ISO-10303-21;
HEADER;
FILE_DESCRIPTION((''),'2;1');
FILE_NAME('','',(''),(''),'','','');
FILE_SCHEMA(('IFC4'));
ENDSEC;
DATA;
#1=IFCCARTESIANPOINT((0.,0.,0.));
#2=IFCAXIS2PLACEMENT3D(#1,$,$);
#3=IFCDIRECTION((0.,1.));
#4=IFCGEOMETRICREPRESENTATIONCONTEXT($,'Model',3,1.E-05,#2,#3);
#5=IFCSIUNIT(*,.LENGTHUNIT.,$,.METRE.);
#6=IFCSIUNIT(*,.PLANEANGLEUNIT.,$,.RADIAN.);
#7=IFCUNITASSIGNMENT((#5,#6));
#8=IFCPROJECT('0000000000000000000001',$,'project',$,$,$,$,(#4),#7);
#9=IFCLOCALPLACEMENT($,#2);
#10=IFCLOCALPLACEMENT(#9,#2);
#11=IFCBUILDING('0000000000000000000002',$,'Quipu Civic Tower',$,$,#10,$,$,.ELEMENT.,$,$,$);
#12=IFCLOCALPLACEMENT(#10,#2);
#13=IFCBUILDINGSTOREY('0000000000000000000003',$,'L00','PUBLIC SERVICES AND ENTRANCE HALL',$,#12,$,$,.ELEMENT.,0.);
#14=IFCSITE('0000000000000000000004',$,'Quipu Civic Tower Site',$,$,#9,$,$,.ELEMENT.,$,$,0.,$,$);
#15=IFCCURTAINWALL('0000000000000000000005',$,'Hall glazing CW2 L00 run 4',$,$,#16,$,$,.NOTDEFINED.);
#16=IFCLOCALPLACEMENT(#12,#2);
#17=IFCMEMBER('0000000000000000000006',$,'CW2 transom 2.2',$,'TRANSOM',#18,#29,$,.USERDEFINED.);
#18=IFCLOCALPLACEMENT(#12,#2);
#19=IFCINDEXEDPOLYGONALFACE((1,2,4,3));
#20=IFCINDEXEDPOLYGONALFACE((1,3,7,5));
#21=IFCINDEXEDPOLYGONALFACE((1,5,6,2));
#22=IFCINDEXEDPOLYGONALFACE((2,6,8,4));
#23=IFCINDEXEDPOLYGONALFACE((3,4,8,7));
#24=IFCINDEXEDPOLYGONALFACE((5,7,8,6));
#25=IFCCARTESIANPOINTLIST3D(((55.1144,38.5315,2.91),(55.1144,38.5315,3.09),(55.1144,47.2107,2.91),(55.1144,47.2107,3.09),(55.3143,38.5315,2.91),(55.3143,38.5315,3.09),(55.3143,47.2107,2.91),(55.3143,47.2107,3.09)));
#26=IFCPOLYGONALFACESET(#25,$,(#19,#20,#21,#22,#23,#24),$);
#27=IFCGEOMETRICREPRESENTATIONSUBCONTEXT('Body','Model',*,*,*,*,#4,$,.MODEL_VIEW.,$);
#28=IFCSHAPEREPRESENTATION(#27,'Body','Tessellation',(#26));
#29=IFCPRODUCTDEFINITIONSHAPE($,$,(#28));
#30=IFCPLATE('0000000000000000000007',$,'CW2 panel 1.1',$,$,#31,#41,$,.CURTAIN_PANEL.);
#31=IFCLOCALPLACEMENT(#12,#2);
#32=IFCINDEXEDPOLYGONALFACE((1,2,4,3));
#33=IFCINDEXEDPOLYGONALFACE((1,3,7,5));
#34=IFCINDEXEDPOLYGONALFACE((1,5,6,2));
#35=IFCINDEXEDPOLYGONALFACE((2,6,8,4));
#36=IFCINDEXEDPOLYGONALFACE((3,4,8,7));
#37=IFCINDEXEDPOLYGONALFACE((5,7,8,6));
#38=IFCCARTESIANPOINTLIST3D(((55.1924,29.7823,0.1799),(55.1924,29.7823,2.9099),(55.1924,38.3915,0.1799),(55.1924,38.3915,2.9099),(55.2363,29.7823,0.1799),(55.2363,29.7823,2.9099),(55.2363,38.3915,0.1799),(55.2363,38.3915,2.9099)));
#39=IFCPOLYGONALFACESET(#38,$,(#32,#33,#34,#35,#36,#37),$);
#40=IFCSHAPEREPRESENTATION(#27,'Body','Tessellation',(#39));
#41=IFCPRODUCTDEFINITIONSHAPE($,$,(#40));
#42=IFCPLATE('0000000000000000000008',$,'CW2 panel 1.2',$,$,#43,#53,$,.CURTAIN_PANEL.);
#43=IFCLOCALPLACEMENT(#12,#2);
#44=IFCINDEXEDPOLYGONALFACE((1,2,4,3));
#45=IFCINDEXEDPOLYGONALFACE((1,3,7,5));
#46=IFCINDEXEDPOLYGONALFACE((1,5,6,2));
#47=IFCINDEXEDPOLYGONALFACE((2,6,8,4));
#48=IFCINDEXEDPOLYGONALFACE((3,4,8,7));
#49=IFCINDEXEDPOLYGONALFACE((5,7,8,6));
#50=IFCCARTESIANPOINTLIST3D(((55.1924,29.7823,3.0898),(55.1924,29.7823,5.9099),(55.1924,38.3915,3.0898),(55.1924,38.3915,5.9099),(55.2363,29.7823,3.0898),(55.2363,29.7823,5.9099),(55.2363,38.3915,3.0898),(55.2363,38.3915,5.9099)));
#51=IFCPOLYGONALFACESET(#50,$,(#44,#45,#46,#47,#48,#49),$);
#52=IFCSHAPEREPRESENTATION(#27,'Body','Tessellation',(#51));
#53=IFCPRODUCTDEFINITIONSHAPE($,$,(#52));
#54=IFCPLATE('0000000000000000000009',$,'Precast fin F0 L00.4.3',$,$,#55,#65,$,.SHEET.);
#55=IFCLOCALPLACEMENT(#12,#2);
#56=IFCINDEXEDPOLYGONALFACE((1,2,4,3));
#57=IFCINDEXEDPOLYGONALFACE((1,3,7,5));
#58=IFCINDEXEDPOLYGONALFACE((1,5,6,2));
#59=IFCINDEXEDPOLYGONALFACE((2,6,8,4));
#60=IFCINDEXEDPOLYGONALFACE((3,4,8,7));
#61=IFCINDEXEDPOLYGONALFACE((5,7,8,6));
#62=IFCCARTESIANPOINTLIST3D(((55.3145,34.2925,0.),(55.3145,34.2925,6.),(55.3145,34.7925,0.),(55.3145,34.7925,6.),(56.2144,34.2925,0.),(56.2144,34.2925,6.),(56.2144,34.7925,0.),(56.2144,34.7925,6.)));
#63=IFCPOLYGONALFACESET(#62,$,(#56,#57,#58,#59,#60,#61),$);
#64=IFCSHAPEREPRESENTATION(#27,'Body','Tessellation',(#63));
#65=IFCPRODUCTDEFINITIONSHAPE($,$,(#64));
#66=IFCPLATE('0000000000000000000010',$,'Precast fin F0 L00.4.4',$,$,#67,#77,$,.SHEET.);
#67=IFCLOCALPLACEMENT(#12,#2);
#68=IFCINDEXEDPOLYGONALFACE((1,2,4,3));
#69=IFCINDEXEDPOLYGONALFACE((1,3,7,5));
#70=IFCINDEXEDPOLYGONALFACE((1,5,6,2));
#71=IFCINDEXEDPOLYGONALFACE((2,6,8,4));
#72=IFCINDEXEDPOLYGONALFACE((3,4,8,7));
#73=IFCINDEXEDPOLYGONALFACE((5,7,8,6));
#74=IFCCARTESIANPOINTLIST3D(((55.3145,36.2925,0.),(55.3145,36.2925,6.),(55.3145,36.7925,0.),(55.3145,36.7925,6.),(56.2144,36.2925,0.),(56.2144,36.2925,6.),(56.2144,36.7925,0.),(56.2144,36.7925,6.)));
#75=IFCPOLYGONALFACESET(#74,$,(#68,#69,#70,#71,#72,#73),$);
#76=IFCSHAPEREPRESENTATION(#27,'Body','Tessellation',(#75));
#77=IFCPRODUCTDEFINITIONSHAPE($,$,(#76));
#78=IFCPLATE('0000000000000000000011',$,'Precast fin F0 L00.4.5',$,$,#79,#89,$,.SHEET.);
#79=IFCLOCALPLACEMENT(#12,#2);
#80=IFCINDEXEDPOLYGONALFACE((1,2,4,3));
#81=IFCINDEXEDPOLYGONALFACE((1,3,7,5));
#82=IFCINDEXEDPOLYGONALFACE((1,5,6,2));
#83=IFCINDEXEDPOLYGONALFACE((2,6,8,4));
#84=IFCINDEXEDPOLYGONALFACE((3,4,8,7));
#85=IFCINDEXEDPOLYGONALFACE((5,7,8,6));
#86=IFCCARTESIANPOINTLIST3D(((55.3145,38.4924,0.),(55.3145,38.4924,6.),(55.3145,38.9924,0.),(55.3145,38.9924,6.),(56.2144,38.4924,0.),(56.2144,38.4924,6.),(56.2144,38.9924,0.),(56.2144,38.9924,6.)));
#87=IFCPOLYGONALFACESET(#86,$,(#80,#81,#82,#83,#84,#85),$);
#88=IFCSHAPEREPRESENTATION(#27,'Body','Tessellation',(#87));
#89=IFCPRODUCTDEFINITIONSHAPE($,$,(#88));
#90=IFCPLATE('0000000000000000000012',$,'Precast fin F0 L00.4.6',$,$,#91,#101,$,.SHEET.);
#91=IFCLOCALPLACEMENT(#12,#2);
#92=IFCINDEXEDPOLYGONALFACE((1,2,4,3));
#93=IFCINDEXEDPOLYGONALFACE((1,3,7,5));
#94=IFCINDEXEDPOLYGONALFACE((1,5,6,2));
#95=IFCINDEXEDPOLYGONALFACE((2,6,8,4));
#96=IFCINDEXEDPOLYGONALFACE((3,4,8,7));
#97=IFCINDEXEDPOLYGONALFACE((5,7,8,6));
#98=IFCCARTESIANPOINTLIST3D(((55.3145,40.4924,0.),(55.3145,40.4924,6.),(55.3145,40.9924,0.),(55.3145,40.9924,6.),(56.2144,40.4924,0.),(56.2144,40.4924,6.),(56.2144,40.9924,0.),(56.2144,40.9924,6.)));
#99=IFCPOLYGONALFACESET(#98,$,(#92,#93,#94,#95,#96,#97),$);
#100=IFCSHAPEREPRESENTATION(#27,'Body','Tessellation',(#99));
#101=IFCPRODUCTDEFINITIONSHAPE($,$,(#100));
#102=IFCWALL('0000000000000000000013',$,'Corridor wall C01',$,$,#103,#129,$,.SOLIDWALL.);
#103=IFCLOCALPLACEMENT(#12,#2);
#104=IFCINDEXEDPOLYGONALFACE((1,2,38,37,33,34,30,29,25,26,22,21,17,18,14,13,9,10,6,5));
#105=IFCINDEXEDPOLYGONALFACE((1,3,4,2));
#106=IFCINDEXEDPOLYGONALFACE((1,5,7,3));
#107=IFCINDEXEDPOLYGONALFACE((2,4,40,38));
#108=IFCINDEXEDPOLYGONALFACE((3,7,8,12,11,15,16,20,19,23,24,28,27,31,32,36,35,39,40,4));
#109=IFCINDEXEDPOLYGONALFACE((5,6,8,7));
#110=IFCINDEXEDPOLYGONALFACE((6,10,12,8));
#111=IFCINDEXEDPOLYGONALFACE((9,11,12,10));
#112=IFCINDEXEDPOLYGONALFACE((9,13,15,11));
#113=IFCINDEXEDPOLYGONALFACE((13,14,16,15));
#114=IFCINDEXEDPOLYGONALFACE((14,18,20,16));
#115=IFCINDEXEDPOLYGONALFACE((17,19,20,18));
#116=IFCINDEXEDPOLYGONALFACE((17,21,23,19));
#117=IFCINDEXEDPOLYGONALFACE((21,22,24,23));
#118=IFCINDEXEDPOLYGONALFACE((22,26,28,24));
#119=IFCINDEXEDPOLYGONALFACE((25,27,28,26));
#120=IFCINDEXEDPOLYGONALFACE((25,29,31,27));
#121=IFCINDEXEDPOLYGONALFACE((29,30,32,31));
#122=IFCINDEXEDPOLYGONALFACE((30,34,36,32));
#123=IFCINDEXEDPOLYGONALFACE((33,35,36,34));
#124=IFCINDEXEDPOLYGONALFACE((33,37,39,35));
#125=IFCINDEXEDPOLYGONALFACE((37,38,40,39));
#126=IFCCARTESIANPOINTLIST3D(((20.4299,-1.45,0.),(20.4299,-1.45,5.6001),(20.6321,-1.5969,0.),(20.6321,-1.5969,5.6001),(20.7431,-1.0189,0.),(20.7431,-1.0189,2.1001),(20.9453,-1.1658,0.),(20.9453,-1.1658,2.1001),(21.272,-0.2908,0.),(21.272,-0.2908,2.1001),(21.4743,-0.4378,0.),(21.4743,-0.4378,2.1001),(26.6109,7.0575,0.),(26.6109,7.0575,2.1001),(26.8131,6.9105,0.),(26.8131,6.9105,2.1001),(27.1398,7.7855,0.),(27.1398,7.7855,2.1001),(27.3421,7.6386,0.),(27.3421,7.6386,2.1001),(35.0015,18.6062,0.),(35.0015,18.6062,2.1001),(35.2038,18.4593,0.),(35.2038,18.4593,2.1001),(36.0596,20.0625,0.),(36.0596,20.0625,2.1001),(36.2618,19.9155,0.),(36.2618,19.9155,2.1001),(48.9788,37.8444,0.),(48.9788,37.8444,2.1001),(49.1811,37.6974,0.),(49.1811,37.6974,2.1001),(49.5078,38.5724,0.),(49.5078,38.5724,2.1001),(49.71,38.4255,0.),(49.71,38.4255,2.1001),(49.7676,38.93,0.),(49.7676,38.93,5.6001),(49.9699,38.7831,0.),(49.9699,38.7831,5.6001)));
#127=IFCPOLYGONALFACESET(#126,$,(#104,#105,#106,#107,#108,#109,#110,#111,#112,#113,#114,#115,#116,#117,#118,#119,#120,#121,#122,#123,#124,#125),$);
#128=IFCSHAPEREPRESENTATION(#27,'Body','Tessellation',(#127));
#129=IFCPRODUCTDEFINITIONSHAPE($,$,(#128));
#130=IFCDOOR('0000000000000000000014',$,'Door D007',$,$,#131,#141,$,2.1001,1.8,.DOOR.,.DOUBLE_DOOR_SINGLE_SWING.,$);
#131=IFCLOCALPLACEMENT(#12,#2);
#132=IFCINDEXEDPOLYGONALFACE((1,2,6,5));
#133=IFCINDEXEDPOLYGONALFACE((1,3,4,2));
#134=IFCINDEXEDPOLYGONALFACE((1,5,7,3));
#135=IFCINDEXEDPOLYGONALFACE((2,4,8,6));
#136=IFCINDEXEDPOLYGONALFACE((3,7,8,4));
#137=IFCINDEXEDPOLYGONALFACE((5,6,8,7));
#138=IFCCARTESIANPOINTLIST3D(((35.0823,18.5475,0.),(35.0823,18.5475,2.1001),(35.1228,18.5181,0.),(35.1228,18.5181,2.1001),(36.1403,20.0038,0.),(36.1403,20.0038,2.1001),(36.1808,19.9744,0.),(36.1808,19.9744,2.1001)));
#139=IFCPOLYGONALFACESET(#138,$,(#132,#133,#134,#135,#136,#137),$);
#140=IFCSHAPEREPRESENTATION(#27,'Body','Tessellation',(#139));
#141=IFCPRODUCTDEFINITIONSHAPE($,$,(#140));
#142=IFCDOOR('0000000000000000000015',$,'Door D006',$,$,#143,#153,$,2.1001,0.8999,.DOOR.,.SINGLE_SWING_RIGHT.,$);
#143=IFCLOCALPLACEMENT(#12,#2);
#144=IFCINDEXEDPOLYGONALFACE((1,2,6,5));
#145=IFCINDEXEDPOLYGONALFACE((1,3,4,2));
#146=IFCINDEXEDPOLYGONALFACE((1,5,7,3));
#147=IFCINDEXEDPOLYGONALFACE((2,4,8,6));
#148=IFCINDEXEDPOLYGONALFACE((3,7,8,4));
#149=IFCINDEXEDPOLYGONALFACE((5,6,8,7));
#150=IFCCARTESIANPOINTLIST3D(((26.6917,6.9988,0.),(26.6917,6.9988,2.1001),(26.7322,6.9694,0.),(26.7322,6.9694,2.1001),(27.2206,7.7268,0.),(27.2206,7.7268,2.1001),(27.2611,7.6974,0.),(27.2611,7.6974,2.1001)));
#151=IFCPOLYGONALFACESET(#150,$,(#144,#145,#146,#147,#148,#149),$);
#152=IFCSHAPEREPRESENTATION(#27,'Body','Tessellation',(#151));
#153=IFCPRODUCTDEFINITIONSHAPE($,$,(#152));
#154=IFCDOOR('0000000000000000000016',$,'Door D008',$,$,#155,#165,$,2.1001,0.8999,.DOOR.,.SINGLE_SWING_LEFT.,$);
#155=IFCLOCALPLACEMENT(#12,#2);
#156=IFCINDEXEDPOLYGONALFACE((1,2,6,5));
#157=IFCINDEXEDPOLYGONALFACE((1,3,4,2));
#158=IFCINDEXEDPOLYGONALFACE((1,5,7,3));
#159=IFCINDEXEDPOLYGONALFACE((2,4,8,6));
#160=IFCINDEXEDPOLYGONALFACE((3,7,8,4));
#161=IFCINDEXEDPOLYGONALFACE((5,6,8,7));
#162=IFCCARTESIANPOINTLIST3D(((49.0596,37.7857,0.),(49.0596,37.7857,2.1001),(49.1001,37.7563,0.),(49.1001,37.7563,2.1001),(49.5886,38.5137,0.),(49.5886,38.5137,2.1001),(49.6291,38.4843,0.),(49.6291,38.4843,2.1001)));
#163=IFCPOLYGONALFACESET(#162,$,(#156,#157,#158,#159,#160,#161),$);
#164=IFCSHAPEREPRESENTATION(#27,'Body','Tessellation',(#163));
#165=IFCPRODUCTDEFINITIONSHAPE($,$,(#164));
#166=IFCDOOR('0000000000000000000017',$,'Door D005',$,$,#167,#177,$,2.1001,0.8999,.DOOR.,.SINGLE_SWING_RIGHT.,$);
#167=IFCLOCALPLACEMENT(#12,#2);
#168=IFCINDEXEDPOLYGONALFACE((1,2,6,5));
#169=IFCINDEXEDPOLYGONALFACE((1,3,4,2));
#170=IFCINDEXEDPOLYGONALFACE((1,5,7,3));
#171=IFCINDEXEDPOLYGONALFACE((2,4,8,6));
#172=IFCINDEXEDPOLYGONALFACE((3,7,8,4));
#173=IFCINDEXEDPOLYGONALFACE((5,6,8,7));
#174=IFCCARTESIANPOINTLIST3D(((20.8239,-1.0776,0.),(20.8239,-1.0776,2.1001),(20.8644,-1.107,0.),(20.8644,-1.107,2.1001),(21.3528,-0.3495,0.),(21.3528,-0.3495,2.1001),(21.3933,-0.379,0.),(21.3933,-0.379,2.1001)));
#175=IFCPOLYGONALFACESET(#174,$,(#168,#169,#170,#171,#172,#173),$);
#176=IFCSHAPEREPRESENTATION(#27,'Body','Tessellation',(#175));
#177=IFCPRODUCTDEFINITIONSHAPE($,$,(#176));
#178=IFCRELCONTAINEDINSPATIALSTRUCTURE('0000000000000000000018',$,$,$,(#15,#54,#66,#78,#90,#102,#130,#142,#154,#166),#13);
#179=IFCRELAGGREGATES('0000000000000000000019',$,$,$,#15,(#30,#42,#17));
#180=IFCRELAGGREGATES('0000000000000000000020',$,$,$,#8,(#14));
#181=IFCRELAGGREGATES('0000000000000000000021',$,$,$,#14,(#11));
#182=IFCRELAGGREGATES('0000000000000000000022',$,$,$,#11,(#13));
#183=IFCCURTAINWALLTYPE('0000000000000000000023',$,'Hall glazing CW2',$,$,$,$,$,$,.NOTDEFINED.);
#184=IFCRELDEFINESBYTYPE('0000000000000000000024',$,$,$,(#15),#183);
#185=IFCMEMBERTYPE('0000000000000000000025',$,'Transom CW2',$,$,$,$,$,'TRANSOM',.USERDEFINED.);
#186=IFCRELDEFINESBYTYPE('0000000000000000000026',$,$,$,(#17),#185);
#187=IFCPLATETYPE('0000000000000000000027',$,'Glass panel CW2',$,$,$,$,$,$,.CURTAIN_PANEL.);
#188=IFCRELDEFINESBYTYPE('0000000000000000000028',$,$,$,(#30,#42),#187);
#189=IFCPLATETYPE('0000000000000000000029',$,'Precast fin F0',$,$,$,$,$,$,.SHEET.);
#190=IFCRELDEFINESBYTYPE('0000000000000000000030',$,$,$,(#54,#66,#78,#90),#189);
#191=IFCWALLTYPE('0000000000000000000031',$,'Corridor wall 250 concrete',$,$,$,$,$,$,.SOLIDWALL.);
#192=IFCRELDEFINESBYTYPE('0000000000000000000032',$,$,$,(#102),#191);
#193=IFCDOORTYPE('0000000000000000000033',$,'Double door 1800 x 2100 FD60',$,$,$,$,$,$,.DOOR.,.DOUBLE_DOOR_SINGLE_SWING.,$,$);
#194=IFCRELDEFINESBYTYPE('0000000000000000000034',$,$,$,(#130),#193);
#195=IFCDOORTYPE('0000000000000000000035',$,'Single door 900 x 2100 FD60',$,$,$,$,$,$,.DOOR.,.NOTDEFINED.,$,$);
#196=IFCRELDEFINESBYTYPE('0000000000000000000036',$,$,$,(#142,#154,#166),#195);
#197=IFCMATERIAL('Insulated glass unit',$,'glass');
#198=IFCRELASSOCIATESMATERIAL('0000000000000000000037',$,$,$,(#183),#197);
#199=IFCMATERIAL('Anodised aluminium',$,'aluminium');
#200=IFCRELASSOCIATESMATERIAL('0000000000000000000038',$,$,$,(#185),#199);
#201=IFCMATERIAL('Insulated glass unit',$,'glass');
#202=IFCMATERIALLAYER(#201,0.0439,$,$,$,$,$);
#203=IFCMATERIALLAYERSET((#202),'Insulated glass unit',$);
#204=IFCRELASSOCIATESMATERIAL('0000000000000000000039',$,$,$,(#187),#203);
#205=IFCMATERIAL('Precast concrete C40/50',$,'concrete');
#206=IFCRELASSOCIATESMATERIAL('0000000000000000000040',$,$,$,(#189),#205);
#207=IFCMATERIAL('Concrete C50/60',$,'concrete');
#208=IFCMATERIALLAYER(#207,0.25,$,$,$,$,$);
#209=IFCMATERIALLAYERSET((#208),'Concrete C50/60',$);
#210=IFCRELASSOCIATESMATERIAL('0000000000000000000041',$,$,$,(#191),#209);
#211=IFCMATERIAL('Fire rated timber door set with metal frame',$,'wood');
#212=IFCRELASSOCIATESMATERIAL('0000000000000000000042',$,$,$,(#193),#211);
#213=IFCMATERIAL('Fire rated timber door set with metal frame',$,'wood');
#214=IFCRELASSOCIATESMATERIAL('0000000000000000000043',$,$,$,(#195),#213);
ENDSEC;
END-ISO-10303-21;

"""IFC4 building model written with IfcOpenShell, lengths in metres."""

from ifc_helpers import new_model, si_unit, direction, frame, frame_2d, origin, origin_2d, place, context, subcontext, project, spatial, rectangle, extrude, material, layer, layer_set, material_profile, profile_set, type_object, element, fill, aggregate, save


model = new_model("IFC4")

# Units and contexts
model_context = context("Model", 3, precision=1e-05, world=origin(), true_north=direction((0.0, 1.0)))
body_context = subcontext(model_context, "Body", "Model", "MODEL_VIEW")
ifc_project = project(units=[si_unit("LENGTHUNIT", "METRE"), si_unit("PLANEANGLEUNIT", "RADIAN")], contexts=[model_context])

# Site, building, storey
site_placement = place(None, origin())
site = spatial("IfcSite", under=ifc_project, at=site_placement, Name="Quipu Civic Tower Site", CompositionType="ELEMENT", RefElevation=0.0)
building_placement = place(site_placement, origin())
building = spatial("IfcBuilding", under=site, at=building_placement, Name="Quipu Civic Tower", CompositionType="ELEMENT")
storey_placement = place(building_placement, origin())
storey = spatial("IfcBuildingStorey", under=building, at=storey_placement, Name="L00", Description="PUBLIC SERVICES AND ENTRANCE HALL", CompositionType="ELEMENT", Elevation=0.0)

# Curtain wall
ifc_material_1 = material(Name="Insulated glass unit", Category="glass")
curtain_wall_type = type_object("IfcCurtainWallType", Name="Hall glazing CW2", PredefinedType="NOTDEFINED", material=ifc_material_1)
curtain_wall_placement = place(storey_placement, origin())
curtain_wall = element("IfcCurtainWall", 1, at=curtain_wall_placement, inside=storey, type_object=curtain_wall_type, Name="Hall glazing CW2 L00 run 4", PredefinedType="NOTDEFINED")

# Member
ifc_material_2 = material(Name="Anodised aluminium", Category="aluminium")
ifc_material_profile_1 = material_profile(ifc_material_2, rectangle(XDim=0.2, YDim=0.1799, at=origin_2d()), Name="RECT 200x180")
ifc_profile_set_1 = profile_set([ifc_material_profile_1], Name="Anodised aluminium")
member_type_1 = type_object("IfcMemberType", Name="Transom CW2", ElementType="TRANSOM", PredefinedType="USERDEFINED", material=ifc_profile_set_1)
member_1_placement = place(storey_placement, frame((55.2144, 38.5315, 3.0), z_axis=(0.0, 1.0, 0.0), x_axis=(-1.0, 0.0, 0.0)))
member_1 = element("IfcMember", 2, at=member_1_placement, type_object=member_type_1, Name="CW2 transom 2.2", ObjectType="TRANSOM", PredefinedType="USERDEFINED", context=body_context, shape_type="SweptSolid", body=[
    extrude(rectangle(XDim=0.2, YDim=0.1799, at=origin_2d()), origin(), (0.0, 0.0, 1.0), 8.6792),
])

# Plates
ifc_material_3 = material(Name="Insulated glass unit", Category="glass")
ifc_layer_1 = layer(ifc_material_3, 0.0439)
ifc_layer_set_1 = layer_set([ifc_layer_1], Name="Insulated glass unit")
plate_type_1 = type_object("IfcPlateType", Name="Glass panel CW2", PredefinedType="CURTAIN_PANEL", material=ifc_layer_set_1)
plate_1_placement = place(storey_placement, frame((55.2144, 34.0869, 0.1799), z_axis=(0.0, 0.0, 1.0), x_axis=(0.0, 1.0, 0.0)))
plate_1 = element("IfcPlate", 3, at=plate_1_placement, type_object=plate_type_1, Name="CW2 panel 1.1", PredefinedType="CURTAIN_PANEL", context=body_context, shape_type="SweptSolid", body=[
    extrude(rectangle(XDim=8.6091, YDim=0.0439, at=origin_2d()), origin(), (0.0, 0.0, 1.0), 2.73),
])
plate_2_placement = place(storey_placement, frame((55.2144, 34.0869, 3.0898), z_axis=(0.0, 0.0, 1.0), x_axis=(0.0, 1.0, 0.0)))
plate_2 = element("IfcPlate", 4, at=plate_2_placement, type_object=plate_type_1, Name="CW2 panel 1.2", PredefinedType="CURTAIN_PANEL", context=body_context, shape_type="SweptSolid", body=[
    extrude(rectangle(XDim=8.6091, YDim=0.0439, at=origin_2d()), origin(), (0.0, 0.0, 1.0), 2.8201),
])
aggregate(curtain_wall, [plate_1, plate_2, member_1])

# Plates
ifc_material_4 = material(Name="Precast concrete C40/50", Category="concrete")
plate_type_2 = type_object("IfcPlateType", Name="Precast fin F0", PredefinedType="SHEET", material=ifc_material_4)
for number, where, z_axis, x_axis, name in (
    (5, (55.7644, 34.5425, 0.0), (0.0, 0.0, 1.0), (0.0, 1.0, 0.0), "Precast fin F0 L00.4.3"),
    (6, (55.7644, 36.5425, 0.0), (0.0, 0.0, 1.0), (0.0, 1.0, 0.0), "Precast fin F0 L00.4.4"),
    (7, (55.7644, 38.7424, 0.0), (0.0, 0.0, 1.0), (0.0, 1.0, 0.0), "Precast fin F0 L00.4.5"),
    (8, (55.7644, 40.7424, 0.0), (0.0, 0.0, 1.0), (0.0, 1.0, 0.0), "Precast fin F0 L00.4.6"),
):
    element("IfcPlate", number, at=place(storey_placement, frame(where, z_axis=z_axis, x_axis=x_axis)), inside=storey, type_object=plate_type_2, Name=name, PredefinedType="SHEET", context=body_context, shape_type="SweptSolid", body=[
        extrude(rectangle(XDim=0.5, YDim=0.8999, at=origin_2d()), origin(), (0.0, 0.0, 1.0), 6.0),
    ])

# Wall, openings, doors
ifc_material_5 = material(Name="Concrete C50/60", Category="concrete")
ifc_layer_2 = layer(ifc_material_5, 0.25)
ifc_layer_set_2 = layer_set([ifc_layer_2], Name="Concrete C50/60")
wall_type_1 = type_object("IfcWallType", Name="Corridor wall 250 concrete", PredefinedType="SOLIDWALL", material=ifc_layer_set_2)
wall_1_placement = place(storey_placement, frame((49.8687, 38.8564, 0.0), z_axis=(0.0, 0.0, 1.0), x_axis=(-0.587785, -0.809018, 0.0)))
wall_1 = element("IfcWall", 9, at=wall_1_placement, inside=storey, type_object=wall_type_1, Name="Corridor wall C01", PredefinedType="SOLIDWALL", context=body_context, shape_type="SweptSolid", body=[
    extrude(rectangle(XDim=49.9124, YDim=0.25, at=frame_2d((24.9561, 0.0))), origin(), (0.0, 0.0, 1.0), 5.6001),
])
opening_1_placement = place(wall_1_placement, frame((38.4966, 0.0, 0.0)))
opening_1 = element("IfcOpeningElement", 10, at=opening_1_placement, cuts=wall_1, PredefinedType="OPENING", context=body_context, shape_type="SweptSolid", body=[
    extrude(rectangle(XDim=0.8999, YDim=2.1001, at=frame_2d((0.45, 1.05))), frame((0.0, 0.135, 0.0), z_axis=(0.0, -1.0, 0.0), x_axis=(1.0, 0.0, 0.0)), (0.0, 0.0, 1.0), 0.27),
])
opening_2_placement = place(wall_1_placement, frame((0.4419, 0.0, 0.0)))
opening_2 = element("IfcOpeningElement", 11, at=opening_2_placement, cuts=wall_1, PredefinedType="OPENING", context=body_context, shape_type="SweptSolid", body=[
    extrude(rectangle(XDim=0.8999, YDim=2.1001, at=frame_2d((0.45, 1.05))), frame((0.0, 0.135, 0.0), z_axis=(0.0, -1.0, 0.0), x_axis=(1.0, 0.0, 0.0)), (0.0, 0.0, 1.0), 0.27),
])
opening_3_placement = place(wall_1_placement, frame((23.3215, 0.0, 0.0)))
opening_3 = element("IfcOpeningElement", 12, at=opening_3_placement, cuts=wall_1, PredefinedType="OPENING", context=body_context, shape_type="SweptSolid", body=[
    extrude(rectangle(XDim=1.8, YDim=2.1001, at=frame_2d((0.8999, 1.05))), frame((0.0, 0.135, 0.0), z_axis=(0.0, -1.0, 0.0), x_axis=(1.0, 0.0, 0.0)), (0.0, 0.0, 1.0), 0.27),
])
opening_4_placement = place(wall_1_placement, frame((48.4795, 0.0, 0.0)))
opening_4 = element("IfcOpeningElement", 13, at=opening_4_placement, cuts=wall_1, PredefinedType="OPENING", context=body_context, shape_type="SweptSolid", body=[
    extrude(rectangle(XDim=0.8999, YDim=2.1001, at=frame_2d((0.45, 1.05))), frame((0.0, 0.135, 0.0), z_axis=(0.0, -1.0, 0.0), x_axis=(1.0, 0.0, 0.0)), (0.0, 0.0, 1.0), 0.27),
])
ifc_material_6 = material(Name="Fire rated timber door set with metal frame", Category="wood")
door_type_1 = type_object("IfcDoorType", Name="Double door 1800 x 2100 FD60", OperationType="DOUBLE_DOOR_SINGLE_SWING", PredefinedType="DOOR", material=ifc_material_6)
door_1_placement = place(opening_3_placement, origin())
door_1 = element("IfcDoor", 14, at=door_1_placement, inside=storey, type_object=door_type_1, Name="Door D007", OperationType="DOUBLE_DOOR_SINGLE_SWING", OverallHeight=2.1001, OverallWidth=1.8, PredefinedType="DOOR", context=body_context, shape_type="SweptSolid", body=[
    extrude(rectangle(XDim=1.8, YDim=2.1001, at=frame_2d((0.8999, 1.05))), frame((0.0, 0.0249, 0.0), z_axis=(0.0, -1.0, 0.0), x_axis=(1.0, 0.0, 0.0)), (0.0, 0.0, 1.0), 0.05),
])
fill(opening_3, door_1)
ifc_material_7 = material(Name="Fire rated timber door set with metal frame", Category="wood")
door_type_2 = type_object("IfcDoorType", Name="Single door 900 x 2100 FD60", OperationType="NOTDEFINED", PredefinedType="DOOR", material=ifc_material_7)
door_2_placement = place(opening_1_placement, origin())
door_2 = element("IfcDoor", 15, at=door_2_placement, inside=storey, type_object=door_type_2, Name="Door D006", OperationType="SINGLE_SWING_RIGHT", OverallHeight=2.1001, OverallWidth=0.8999, PredefinedType="DOOR", context=body_context, shape_type="SweptSolid", body=[
    extrude(rectangle(XDim=0.8999, YDim=2.1001, at=frame_2d((0.45, 1.05))), frame((0.0, 0.0249, 0.0), z_axis=(0.0, -1.0, 0.0), x_axis=(1.0, 0.0, 0.0)), (0.0, 0.0, 1.0), 0.05),
])
fill(opening_1, door_2)
door_3_placement = place(opening_2_placement, origin())
door_3 = element("IfcDoor", 16, at=door_3_placement, inside=storey, type_object=door_type_2, Name="Door D008", OperationType="SINGLE_SWING_LEFT", OverallHeight=2.1001, OverallWidth=0.8999, PredefinedType="DOOR", context=body_context, shape_type="SweptSolid", body=[
    extrude(rectangle(XDim=0.8999, YDim=2.1001, at=frame_2d((0.45, 1.05))), frame((0.0, 0.0249, 0.0), z_axis=(0.0, -1.0, 0.0), x_axis=(1.0, 0.0, 0.0)), (0.0, 0.0, 1.0), 0.05),
])
fill(opening_2, door_3)
door_4_placement = place(opening_4_placement, origin())
door_4 = element("IfcDoor", 17, at=door_4_placement, inside=storey, type_object=door_type_2, Name="Door D005", OperationType="SINGLE_SWING_RIGHT", OverallHeight=2.1001, OverallWidth=0.8999, PredefinedType="DOOR", context=body_context, shape_type="SweptSolid", body=[
    extrude(rectangle(XDim=0.8999, YDim=2.1001, at=frame_2d((0.45, 1.05))), frame((0.0, 0.0249, 0.0), z_axis=(0.0, -1.0, 0.0), x_axis=(1.0, 0.0, 0.0)), (0.0, 0.0, 1.0), 0.05),
])
fill(opening_4, door_4)

save(model, "model.ifc")
